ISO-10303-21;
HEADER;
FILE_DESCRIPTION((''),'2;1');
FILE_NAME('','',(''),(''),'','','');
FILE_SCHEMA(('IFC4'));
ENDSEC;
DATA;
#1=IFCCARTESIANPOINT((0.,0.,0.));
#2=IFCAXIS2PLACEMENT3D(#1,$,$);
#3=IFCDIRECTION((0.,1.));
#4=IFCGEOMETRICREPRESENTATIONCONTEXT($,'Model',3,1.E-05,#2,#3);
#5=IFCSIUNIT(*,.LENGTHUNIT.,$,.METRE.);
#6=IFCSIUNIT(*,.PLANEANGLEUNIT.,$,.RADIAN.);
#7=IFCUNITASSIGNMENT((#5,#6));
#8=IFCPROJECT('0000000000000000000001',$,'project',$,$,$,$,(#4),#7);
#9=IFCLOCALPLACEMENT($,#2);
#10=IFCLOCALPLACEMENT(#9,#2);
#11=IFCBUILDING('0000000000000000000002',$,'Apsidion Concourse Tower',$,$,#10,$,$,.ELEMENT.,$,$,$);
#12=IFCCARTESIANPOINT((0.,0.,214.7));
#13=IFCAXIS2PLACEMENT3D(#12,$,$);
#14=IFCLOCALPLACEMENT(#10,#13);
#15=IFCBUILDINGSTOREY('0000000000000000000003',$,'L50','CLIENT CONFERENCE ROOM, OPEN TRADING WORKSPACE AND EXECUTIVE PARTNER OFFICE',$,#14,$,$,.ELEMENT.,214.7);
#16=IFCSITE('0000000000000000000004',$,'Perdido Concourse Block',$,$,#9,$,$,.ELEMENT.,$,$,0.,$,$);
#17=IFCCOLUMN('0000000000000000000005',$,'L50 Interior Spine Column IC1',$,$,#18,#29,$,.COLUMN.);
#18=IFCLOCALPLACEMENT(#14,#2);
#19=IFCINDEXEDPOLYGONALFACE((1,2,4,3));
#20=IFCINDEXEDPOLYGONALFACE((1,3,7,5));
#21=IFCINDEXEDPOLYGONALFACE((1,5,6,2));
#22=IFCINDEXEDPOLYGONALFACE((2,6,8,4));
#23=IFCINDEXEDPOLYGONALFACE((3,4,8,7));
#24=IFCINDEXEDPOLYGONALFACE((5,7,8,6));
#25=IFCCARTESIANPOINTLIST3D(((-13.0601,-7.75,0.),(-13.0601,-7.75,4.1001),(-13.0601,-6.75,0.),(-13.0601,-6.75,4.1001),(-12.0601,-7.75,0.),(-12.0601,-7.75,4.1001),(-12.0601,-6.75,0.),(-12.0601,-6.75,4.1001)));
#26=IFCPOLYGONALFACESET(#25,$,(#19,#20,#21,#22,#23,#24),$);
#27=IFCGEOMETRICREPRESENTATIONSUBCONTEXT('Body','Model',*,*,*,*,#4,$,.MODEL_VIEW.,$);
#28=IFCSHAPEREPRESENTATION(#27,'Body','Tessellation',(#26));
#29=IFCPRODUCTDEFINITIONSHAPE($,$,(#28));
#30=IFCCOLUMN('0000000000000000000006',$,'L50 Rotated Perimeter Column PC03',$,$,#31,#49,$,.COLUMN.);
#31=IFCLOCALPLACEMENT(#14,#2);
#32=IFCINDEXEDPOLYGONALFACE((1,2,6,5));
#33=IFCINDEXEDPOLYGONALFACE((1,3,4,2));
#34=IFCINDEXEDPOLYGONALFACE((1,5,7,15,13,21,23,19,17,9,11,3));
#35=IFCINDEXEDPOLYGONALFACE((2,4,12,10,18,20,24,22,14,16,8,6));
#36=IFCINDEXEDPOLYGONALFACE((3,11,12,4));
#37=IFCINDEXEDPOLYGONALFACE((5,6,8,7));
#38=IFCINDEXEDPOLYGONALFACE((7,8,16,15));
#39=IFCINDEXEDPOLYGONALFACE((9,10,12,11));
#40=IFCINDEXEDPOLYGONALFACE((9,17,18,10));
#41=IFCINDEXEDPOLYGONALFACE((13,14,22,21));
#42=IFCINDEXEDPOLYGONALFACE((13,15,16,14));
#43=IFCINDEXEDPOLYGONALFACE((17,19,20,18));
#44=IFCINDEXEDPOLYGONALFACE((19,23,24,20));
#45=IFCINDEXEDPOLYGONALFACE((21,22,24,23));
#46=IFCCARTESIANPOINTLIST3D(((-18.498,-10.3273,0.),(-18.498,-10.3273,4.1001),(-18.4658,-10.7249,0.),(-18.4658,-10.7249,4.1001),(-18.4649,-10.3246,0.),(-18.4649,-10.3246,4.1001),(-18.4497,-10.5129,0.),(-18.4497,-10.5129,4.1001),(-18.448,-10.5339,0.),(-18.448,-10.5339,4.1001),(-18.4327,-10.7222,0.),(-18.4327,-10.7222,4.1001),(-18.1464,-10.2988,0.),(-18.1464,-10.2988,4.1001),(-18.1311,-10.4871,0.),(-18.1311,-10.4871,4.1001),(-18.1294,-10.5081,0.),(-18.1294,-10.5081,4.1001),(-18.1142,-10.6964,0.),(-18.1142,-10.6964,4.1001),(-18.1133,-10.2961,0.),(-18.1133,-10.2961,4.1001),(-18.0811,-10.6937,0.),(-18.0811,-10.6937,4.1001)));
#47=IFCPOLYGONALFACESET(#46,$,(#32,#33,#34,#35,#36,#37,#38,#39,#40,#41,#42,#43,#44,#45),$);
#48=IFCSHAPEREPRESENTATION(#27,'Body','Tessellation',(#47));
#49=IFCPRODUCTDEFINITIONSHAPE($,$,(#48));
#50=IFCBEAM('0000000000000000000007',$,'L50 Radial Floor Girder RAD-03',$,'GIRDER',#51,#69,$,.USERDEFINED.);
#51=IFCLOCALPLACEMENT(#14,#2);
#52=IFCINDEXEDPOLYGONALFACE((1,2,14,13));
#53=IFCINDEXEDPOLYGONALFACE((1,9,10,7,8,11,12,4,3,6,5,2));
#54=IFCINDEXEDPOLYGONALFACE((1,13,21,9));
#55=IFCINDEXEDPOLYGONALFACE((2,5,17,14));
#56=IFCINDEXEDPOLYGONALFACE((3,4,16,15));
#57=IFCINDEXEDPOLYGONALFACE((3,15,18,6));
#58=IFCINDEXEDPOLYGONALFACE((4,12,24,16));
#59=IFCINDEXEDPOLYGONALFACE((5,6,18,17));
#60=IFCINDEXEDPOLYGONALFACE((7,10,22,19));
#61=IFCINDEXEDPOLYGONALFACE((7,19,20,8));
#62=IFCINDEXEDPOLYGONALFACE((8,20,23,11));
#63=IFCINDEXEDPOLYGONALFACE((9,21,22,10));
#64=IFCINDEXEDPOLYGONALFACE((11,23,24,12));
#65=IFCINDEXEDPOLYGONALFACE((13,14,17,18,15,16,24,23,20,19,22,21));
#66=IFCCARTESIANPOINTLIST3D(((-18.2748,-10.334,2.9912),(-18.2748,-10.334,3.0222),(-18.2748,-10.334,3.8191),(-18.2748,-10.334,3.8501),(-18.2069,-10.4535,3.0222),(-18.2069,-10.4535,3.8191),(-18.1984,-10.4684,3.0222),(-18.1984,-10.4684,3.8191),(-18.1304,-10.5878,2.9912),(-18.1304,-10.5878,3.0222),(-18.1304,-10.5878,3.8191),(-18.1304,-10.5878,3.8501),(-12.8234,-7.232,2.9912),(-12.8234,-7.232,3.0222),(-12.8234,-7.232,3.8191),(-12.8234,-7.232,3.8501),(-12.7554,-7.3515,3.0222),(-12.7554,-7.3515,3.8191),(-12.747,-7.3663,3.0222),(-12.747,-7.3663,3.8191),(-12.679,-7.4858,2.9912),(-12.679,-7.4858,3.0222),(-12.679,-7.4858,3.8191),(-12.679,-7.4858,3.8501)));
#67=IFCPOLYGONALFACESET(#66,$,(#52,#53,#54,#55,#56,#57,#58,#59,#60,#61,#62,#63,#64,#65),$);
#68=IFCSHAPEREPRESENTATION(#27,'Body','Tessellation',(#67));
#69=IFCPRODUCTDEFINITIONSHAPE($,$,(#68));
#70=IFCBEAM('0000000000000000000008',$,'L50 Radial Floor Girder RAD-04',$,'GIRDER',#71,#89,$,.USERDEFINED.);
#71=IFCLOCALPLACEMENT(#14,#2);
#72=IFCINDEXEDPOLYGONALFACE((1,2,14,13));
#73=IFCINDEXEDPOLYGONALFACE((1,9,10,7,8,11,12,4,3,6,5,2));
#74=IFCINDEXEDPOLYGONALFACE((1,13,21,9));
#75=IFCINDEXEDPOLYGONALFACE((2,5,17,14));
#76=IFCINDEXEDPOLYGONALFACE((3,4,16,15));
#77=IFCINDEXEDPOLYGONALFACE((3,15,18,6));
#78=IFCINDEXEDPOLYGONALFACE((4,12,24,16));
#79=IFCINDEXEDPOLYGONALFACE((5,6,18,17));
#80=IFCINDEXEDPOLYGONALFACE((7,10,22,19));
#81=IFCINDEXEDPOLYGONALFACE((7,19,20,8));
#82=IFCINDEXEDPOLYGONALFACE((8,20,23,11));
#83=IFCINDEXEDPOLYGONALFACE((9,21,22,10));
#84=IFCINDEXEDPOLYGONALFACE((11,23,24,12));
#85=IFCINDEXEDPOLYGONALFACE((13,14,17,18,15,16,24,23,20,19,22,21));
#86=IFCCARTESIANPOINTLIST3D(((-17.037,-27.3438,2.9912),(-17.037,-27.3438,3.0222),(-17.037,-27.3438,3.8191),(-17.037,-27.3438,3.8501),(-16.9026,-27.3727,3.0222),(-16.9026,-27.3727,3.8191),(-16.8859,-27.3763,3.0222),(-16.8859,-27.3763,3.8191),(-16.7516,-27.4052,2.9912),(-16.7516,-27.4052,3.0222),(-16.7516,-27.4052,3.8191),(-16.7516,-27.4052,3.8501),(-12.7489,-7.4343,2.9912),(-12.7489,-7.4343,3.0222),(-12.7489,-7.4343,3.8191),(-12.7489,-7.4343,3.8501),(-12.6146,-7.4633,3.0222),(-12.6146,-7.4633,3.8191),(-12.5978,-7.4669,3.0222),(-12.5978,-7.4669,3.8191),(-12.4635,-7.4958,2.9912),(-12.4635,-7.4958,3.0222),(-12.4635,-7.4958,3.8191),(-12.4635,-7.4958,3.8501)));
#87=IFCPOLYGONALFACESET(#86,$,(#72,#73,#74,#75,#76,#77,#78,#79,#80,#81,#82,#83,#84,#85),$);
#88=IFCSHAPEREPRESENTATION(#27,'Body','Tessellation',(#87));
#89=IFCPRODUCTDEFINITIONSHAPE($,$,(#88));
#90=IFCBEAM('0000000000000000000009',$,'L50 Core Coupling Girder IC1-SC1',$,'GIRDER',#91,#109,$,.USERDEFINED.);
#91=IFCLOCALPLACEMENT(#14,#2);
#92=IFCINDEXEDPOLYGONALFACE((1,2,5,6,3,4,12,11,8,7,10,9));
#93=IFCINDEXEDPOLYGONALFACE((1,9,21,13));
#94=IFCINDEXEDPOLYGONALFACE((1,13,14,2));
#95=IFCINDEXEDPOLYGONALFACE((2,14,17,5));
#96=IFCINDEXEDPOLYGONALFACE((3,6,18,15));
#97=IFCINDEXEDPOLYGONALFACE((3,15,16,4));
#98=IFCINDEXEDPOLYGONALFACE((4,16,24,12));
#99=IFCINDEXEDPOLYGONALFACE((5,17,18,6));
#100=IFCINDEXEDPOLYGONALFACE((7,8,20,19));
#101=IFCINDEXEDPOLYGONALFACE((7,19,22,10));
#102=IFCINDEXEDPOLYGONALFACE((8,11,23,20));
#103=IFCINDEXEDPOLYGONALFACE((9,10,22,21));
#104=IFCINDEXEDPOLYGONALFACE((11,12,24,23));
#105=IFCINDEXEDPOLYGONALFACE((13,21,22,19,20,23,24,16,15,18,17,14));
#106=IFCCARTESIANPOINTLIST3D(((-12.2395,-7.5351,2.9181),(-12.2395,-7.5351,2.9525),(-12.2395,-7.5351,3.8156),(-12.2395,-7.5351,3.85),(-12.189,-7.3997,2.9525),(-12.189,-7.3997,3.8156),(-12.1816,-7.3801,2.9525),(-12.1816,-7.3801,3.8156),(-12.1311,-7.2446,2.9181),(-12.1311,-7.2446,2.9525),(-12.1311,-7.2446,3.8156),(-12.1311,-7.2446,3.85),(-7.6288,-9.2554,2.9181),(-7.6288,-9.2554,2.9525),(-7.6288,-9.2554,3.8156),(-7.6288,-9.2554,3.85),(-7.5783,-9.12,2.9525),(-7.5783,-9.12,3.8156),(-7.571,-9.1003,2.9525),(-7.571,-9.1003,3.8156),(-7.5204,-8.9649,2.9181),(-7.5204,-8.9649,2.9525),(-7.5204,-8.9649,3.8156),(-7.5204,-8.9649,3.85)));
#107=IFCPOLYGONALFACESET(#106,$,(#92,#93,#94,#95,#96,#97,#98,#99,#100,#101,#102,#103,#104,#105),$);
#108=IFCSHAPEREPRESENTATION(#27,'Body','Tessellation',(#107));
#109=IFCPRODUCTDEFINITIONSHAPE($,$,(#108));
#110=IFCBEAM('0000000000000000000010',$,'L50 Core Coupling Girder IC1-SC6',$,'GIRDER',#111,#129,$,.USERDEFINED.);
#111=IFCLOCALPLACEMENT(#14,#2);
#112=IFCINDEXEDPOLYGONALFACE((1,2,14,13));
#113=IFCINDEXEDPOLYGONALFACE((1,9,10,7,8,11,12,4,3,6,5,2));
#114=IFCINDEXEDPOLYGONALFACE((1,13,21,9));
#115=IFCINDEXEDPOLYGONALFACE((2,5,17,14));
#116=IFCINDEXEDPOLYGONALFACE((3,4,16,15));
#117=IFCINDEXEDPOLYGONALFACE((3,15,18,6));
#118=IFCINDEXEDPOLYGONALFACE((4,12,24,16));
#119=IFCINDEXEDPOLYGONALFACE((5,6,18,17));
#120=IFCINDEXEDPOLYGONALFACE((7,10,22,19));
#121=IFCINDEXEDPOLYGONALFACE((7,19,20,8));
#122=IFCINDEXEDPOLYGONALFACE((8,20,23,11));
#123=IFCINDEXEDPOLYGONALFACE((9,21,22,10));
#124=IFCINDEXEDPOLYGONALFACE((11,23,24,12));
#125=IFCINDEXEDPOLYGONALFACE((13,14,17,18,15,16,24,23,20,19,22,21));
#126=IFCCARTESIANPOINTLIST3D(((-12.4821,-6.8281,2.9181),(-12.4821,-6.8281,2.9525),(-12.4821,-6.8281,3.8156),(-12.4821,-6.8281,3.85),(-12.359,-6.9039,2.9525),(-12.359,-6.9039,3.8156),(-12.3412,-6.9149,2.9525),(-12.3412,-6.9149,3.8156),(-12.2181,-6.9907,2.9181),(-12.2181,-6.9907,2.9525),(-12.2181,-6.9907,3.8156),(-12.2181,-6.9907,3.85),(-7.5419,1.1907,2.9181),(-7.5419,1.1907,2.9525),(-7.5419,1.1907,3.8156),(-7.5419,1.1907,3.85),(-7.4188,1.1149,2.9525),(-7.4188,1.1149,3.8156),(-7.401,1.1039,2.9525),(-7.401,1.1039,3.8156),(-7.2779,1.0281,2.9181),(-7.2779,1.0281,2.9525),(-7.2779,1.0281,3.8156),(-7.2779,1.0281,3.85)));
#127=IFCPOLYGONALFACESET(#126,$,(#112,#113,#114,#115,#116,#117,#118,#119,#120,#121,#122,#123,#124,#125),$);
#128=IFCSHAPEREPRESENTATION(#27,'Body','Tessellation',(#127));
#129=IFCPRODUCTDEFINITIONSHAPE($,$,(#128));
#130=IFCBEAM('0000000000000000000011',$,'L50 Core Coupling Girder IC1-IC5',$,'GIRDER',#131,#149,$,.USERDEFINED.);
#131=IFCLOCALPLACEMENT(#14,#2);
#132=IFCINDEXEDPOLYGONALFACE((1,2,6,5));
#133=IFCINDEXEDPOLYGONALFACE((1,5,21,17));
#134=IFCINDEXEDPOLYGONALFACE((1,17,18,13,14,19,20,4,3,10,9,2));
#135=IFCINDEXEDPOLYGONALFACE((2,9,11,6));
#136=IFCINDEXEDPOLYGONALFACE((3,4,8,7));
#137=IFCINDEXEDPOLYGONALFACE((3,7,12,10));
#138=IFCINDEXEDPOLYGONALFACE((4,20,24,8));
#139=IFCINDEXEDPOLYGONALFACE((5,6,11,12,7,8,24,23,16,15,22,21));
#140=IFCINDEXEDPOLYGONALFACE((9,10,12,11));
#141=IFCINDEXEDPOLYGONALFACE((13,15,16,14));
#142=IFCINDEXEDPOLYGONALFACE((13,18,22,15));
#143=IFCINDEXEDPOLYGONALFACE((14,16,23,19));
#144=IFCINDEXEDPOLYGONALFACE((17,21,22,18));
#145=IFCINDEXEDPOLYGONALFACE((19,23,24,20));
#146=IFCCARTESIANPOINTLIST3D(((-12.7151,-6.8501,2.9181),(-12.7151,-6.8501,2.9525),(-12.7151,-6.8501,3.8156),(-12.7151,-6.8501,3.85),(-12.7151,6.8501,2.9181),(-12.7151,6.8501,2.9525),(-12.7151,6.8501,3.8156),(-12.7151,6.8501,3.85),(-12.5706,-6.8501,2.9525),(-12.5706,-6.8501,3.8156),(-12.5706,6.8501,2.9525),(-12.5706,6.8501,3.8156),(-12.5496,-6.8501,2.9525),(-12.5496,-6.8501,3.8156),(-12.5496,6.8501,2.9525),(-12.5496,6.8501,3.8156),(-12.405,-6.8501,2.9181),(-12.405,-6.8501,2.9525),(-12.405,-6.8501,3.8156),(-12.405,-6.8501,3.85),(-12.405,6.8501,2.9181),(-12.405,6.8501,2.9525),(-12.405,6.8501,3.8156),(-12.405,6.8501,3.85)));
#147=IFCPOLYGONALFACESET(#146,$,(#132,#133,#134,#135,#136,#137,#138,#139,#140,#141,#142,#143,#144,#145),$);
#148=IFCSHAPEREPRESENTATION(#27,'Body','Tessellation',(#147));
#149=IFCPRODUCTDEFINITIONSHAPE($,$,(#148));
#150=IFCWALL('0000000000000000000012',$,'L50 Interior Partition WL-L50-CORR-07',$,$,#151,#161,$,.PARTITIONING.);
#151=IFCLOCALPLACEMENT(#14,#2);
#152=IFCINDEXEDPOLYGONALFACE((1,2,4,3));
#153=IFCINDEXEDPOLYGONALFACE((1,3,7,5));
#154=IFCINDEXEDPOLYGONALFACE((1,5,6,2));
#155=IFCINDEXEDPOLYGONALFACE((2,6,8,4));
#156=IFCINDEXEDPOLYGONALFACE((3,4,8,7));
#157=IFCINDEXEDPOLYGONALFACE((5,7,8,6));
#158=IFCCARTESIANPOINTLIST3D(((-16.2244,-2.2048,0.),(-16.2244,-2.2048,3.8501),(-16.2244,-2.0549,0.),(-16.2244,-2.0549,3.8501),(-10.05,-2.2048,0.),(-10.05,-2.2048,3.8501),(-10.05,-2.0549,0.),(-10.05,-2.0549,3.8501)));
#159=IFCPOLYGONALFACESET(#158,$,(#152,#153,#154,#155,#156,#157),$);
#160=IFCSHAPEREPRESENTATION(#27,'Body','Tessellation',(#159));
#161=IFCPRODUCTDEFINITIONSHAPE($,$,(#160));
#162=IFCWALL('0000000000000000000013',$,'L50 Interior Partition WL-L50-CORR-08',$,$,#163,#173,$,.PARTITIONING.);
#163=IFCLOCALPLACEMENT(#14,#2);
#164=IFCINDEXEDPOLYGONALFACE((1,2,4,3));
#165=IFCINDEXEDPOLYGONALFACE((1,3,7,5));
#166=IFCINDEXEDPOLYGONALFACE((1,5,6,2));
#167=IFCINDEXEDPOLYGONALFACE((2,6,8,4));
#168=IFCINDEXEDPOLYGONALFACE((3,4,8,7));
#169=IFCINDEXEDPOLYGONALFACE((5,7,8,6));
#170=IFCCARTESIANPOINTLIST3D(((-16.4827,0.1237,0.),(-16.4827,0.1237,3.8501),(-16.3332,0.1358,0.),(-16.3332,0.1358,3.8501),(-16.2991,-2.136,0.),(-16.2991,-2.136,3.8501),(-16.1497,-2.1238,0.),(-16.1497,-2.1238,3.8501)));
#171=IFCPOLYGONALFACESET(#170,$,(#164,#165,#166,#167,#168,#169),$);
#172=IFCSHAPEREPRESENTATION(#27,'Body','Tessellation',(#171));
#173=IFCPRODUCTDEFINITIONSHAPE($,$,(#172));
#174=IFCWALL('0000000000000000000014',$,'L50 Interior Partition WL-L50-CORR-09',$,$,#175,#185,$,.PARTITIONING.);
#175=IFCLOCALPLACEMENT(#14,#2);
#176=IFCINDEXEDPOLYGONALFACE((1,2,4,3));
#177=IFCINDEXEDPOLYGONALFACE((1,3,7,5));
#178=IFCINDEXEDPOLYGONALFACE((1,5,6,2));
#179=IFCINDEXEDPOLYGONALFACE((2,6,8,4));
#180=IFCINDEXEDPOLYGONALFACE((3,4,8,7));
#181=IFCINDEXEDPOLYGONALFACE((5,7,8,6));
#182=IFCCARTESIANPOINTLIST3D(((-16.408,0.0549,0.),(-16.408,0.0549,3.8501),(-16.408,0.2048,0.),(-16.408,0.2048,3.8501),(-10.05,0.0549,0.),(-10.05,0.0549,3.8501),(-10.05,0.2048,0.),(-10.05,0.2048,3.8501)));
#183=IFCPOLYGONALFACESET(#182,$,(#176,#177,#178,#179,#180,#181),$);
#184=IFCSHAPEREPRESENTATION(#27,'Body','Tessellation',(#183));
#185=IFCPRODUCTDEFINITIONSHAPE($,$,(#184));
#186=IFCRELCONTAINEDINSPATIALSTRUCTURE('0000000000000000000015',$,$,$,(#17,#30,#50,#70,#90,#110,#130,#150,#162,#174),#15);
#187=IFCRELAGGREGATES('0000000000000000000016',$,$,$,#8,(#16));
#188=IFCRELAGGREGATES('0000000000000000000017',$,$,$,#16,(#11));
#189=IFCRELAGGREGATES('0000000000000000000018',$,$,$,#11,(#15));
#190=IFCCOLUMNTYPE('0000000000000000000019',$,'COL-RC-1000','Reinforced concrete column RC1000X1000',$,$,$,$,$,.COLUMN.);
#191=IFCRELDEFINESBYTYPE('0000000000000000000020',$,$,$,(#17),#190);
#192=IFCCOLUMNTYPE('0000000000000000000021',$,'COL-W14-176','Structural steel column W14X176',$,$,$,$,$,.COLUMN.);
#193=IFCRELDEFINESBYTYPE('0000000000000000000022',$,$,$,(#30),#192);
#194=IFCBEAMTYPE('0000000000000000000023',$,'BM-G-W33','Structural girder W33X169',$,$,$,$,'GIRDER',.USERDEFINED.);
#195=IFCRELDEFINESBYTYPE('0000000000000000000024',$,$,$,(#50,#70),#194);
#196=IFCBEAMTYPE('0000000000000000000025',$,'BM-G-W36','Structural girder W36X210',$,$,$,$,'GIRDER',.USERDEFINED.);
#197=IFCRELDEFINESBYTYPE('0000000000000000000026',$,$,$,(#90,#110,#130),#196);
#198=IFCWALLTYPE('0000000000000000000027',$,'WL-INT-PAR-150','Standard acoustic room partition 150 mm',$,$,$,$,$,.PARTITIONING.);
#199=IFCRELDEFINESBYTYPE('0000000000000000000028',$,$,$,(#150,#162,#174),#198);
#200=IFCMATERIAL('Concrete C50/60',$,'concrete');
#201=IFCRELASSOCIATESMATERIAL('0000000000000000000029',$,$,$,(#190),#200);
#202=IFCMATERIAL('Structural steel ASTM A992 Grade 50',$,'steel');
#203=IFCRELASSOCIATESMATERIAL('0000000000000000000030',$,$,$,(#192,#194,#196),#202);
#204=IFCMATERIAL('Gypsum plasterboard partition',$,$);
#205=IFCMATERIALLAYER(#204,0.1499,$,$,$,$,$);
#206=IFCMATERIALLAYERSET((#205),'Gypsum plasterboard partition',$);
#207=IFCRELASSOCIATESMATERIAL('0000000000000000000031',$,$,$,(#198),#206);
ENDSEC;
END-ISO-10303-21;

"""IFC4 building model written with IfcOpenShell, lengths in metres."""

from ifc_helpers import new_model, si_unit, direction, frame, frame_2d, origin, origin_2d, place, context, subcontext, project, spatial, rectangle, i_section, extrude, material, layer, layer_set, material_profile, profile_set, type_object, element, save


model = new_model("IFC4")

# Units and contexts
model_context = context("Model", 3, precision=1e-05, world=origin(), true_north=direction((0.0, 1.0)))
body_context = subcontext(model_context, "Body", "Model", "MODEL_VIEW")
ifc_project = project(units=[si_unit("LENGTHUNIT", "METRE"), si_unit("PLANEANGLEUNIT", "RADIAN")], contexts=[model_context])

# Site, building, storey
site_placement = place(None, origin())
site = spatial("IfcSite", under=ifc_project, at=site_placement, Name="Perdido Concourse Block", CompositionType="ELEMENT", RefElevation=0.0)
building_placement = place(site_placement, origin())
building = spatial("IfcBuilding", under=site, at=building_placement, Name="Apsidion Concourse Tower", CompositionType="ELEMENT")
storey_placement = place(building_placement, frame((0.0, 0.0, 214.7)))
storey = spatial("IfcBuildingStorey", under=building, at=storey_placement, Name="L50", Description="CLIENT CONFERENCE ROOM, OPEN TRADING WORKSPACE AND EXECUTIVE PARTNER OFFICE", CompositionType="ELEMENT", Elevation=214.7)

# Columns
ifc_material_1 = material(Name="Concrete C50/60", Category="concrete")
ifc_material_profile_1 = material_profile(ifc_material_1, rectangle(XDim=1.0, YDim=1.0, at=origin_2d()), Name="RC 1000x1000")
ifc_profile_set_1 = profile_set([ifc_material_profile_1], Name="Concrete C50/60")
column_type_1 = type_object("IfcColumnType", Name="COL-RC-1000", Description="Reinforced concrete column RC1000X1000", PredefinedType="COLUMN", material=ifc_profile_set_1)
column_1_placement = place(storey_placement, frame((-12.5601, -7.25, 0.0), z_axis=(0.0, 0.0, 1.0), x_axis=(1.0, 0.0, 0.0)))
element("IfcColumn", 1, at=column_1_placement, inside=storey, type_object=column_type_1, Name="L50 Interior Spine Column IC1", PredefinedType="COLUMN", context=body_context, shape_type="SweptSolid", body=[
    extrude(rectangle(XDim=1.0, YDim=1.0, at=origin_2d()), origin(), (0.0, 0.0, 1.0), 4.1001),
])
ifc_material_2 = material(Name="Structural steel ASTM A992 Grade 50", Category="steel")
ifc_material_profile_2 = material_profile(ifc_material_2, i_section(OverallWidth=0.3989, OverallDepth=0.386, WebThickness=0.021, FlangeThickness=0.0332, at=origin_2d()), Name="W14X176")
ifc_profile_set_2 = profile_set([ifc_material_profile_2], Name="Structural steel ASTM A992 Grade 50")
column_type_2 = type_object("IfcColumnType", Name="COL-W14-176", Description="Structural steel column W14X176", PredefinedType="COLUMN", material=ifc_profile_set_2)
column_2_placement = place(storey_placement, frame((-18.2896, -10.5105, 0.0), z_axis=(0.0, 0.0, 1.0), x_axis=(-0.080721, 0.996737, 0.0)))
element("IfcColumn", 2, at=column_2_placement, inside=storey, type_object=column_type_2, Name="L50 Rotated Perimeter Column PC03", PredefinedType="COLUMN", context=body_context, shape_type="SweptSolid", body=[
    extrude(i_section(OverallWidth=0.3989, OverallDepth=0.386, WebThickness=0.021, FlangeThickness=0.0332, at=origin_2d()), origin(), (0.0, 0.0, 1.0), 4.1001),
])

# Beams
ifc_material_profile_3 = material_profile(ifc_material_2, i_section(OverallWidth=0.292, OverallDepth=0.8589, WebThickness=0.0171, FlangeThickness=0.031, at=origin_2d()), Name="W33X169")
ifc_profile_set_3 = profile_set([ifc_material_profile_3], Name="Structural steel ASTM A992 Grade 50")
beam_type_1 = type_object("IfcBeamType", Name="BM-G-W33", Description="Structural girder W33X169", ElementType="GIRDER", PredefinedType="USERDEFINED", material=ifc_profile_set_3)
beam_1_placement = place(storey_placement, frame((-12.7512, -7.3589, 3.4207), z_axis=(-0.869138, -0.49457, 0.0), x_axis=(0.49457, -0.869138, 0.0)))
element("IfcBeam", 3, at=beam_1_placement, inside=storey, type_object=beam_type_1, Name="L50 Radial Floor Girder RAD-03", ObjectType="GIRDER", PredefinedType="USERDEFINED", context=body_context, shape_type="SweptSolid", body=[
    extrude(i_section(OverallWidth=0.292, OverallDepth=0.8589, WebThickness=0.0171, FlangeThickness=0.031, at=origin_2d()), origin(), (0.0, 0.0, 1.0), 6.2722),
])
beam_2_placement = place(storey_placement, frame((-12.6062, -7.4651, 3.4207), z_axis=(-0.210551, -0.977583, 0.0), x_axis=(0.977583, -0.210551, 0.0)))
element("IfcBeam", 4, at=beam_2_placement, inside=storey, type_object=beam_type_1, Name="L50 Radial Floor Girder RAD-04", ObjectType="GIRDER", PredefinedType="USERDEFINED", context=body_context, shape_type="SweptSolid", body=[
    extrude(i_section(OverallWidth=0.292, OverallDepth=0.8589, WebThickness=0.0171, FlangeThickness=0.031, at=origin_2d()), origin(), (0.0, 0.0, 1.0), 20.366),
])
ifc_material_profile_4 = material_profile(ifc_material_2, i_section(OverallWidth=0.3101, OverallDepth=0.9319, WebThickness=0.021, FlangeThickness=0.0344, at=origin_2d()), Name="W36X210")
ifc_profile_set_4 = profile_set([ifc_material_profile_4], Name="Structural steel ASTM A992 Grade 50")
beam_type_2 = type_object("IfcBeamType", Name="BM-G-W36", Description="Structural girder W36X210", ElementType="GIRDER", PredefinedType="USERDEFINED", material=ifc_profile_set_4)
beam_3_placement = place(storey_placement, frame((-12.1853, -7.3899, 3.384), z_axis=(0.936913, -0.349563, 0.0), x_axis=(0.349563, 0.936913, 0.0)))
element("IfcBeam", 5, at=beam_3_placement, inside=storey, type_object=beam_type_2, Name="L50 Core Coupling Girder IC1-SC1", ObjectType="GIRDER", PredefinedType="USERDEFINED", context=body_context, shape_type="SweptSolid", body=[
    extrude(i_section(OverallWidth=0.3101, OverallDepth=0.9319, WebThickness=0.021, FlangeThickness=0.0344, at=origin_2d()), origin(), (0.0, 0.0, 1.0), 4.9211),
])
beam_4_placement = place(storey_placement, frame((-12.3501, -6.9094, 3.384), z_axis=(0.524524, 0.851396, 0.0), x_axis=(-0.851396, 0.524524, 0.0)))
element("IfcBeam", 6, at=beam_4_placement, inside=storey, type_object=beam_type_2, Name="L50 Core Coupling Girder IC1-SC6", ObjectType="GIRDER", PredefinedType="USERDEFINED", context=body_context, shape_type="SweptSolid", body=[
    extrude(i_section(OverallWidth=0.3101, OverallDepth=0.9319, WebThickness=0.021, FlangeThickness=0.0344, at=origin_2d()), origin(), (0.0, 0.0, 1.0), 9.4185),
])
beam_5_placement = place(storey_placement, frame((-12.5601, -6.8501, 3.384), z_axis=(0.0, 1.0, 0.0), x_axis=(-1.0, 0.0, 0.0)))
element("IfcBeam", 7, at=beam_5_placement, inside=storey, type_object=beam_type_2, Name="L50 Core Coupling Girder IC1-IC5", ObjectType="GIRDER", PredefinedType="USERDEFINED", context=body_context, shape_type="SweptSolid", body=[
    extrude(i_section(OverallWidth=0.3101, OverallDepth=0.9319, WebThickness=0.021, FlangeThickness=0.0344, at=origin_2d()), origin(), (0.0, 0.0, 1.0), 13.7002),
])

# Walls
ifc_material_3 = material(Name="Gypsum plasterboard partition")
ifc_layer = layer(ifc_material_3, 0.1499)
ifc_layer_set = layer_set([ifc_layer], Name="Gypsum plasterboard partition")
wall_type = type_object("IfcWallType", Name="WL-INT-PAR-150", Description="Standard acoustic room partition 150 mm", PredefinedType="PARTITIONING", material=ifc_layer_set)
wall_1_placement = place(storey_placement, frame((-10.05, -2.1299, 0.0), z_axis=(0.0, 0.0, 1.0), x_axis=(-1.0, 0.0, 0.0)))
element("IfcWall", 8, at=wall_1_placement, inside=storey, type_object=wall_type, Name="L50 Interior Partition WL-L50-CORR-07", PredefinedType="PARTITIONING", context=body_context, shape_type="SweptSolid", body=[
    extrude(rectangle(XDim=6.1743, YDim=0.1499, at=frame_2d((3.0872, 0.0))), origin(), (0.0, 0.0, 1.0), 3.8501),
])
wall_2_placement = place(storey_placement, frame((-16.2244, -2.1299, 0.0), z_axis=(0.0, 0.0, 1.0), x_axis=(-0.080978, 0.996716, 0.0)))
element("IfcWall", 9, at=wall_2_placement, inside=storey, type_object=wall_type, Name="L50 Interior Partition WL-L50-CORR-08", PredefinedType="PARTITIONING", context=body_context, shape_type="SweptSolid", body=[
    extrude(rectangle(XDim=2.2671, YDim=0.1499, at=frame_2d((1.1335, 0.0))), origin(), (0.0, 0.0, 1.0), 3.8501),
])
wall_3_placement = place(storey_placement, frame((-16.408, 0.1299, 0.0), z_axis=(0.0, 0.0, 1.0), x_axis=(1.0, 0.0, 0.0)))
element("IfcWall", 10, at=wall_3_placement, inside=storey, type_object=wall_type, Name="L50 Interior Partition WL-L50-CORR-09", PredefinedType="PARTITIONING", context=body_context, shape_type="SweptSolid", body=[
    extrude(rectangle(XDim=6.3579, YDim=0.1499, at=frame_2d((3.179, 0.0))), origin(), (0.0, 0.0, 1.0), 3.8501),
])

save(model, "model.ifc")
